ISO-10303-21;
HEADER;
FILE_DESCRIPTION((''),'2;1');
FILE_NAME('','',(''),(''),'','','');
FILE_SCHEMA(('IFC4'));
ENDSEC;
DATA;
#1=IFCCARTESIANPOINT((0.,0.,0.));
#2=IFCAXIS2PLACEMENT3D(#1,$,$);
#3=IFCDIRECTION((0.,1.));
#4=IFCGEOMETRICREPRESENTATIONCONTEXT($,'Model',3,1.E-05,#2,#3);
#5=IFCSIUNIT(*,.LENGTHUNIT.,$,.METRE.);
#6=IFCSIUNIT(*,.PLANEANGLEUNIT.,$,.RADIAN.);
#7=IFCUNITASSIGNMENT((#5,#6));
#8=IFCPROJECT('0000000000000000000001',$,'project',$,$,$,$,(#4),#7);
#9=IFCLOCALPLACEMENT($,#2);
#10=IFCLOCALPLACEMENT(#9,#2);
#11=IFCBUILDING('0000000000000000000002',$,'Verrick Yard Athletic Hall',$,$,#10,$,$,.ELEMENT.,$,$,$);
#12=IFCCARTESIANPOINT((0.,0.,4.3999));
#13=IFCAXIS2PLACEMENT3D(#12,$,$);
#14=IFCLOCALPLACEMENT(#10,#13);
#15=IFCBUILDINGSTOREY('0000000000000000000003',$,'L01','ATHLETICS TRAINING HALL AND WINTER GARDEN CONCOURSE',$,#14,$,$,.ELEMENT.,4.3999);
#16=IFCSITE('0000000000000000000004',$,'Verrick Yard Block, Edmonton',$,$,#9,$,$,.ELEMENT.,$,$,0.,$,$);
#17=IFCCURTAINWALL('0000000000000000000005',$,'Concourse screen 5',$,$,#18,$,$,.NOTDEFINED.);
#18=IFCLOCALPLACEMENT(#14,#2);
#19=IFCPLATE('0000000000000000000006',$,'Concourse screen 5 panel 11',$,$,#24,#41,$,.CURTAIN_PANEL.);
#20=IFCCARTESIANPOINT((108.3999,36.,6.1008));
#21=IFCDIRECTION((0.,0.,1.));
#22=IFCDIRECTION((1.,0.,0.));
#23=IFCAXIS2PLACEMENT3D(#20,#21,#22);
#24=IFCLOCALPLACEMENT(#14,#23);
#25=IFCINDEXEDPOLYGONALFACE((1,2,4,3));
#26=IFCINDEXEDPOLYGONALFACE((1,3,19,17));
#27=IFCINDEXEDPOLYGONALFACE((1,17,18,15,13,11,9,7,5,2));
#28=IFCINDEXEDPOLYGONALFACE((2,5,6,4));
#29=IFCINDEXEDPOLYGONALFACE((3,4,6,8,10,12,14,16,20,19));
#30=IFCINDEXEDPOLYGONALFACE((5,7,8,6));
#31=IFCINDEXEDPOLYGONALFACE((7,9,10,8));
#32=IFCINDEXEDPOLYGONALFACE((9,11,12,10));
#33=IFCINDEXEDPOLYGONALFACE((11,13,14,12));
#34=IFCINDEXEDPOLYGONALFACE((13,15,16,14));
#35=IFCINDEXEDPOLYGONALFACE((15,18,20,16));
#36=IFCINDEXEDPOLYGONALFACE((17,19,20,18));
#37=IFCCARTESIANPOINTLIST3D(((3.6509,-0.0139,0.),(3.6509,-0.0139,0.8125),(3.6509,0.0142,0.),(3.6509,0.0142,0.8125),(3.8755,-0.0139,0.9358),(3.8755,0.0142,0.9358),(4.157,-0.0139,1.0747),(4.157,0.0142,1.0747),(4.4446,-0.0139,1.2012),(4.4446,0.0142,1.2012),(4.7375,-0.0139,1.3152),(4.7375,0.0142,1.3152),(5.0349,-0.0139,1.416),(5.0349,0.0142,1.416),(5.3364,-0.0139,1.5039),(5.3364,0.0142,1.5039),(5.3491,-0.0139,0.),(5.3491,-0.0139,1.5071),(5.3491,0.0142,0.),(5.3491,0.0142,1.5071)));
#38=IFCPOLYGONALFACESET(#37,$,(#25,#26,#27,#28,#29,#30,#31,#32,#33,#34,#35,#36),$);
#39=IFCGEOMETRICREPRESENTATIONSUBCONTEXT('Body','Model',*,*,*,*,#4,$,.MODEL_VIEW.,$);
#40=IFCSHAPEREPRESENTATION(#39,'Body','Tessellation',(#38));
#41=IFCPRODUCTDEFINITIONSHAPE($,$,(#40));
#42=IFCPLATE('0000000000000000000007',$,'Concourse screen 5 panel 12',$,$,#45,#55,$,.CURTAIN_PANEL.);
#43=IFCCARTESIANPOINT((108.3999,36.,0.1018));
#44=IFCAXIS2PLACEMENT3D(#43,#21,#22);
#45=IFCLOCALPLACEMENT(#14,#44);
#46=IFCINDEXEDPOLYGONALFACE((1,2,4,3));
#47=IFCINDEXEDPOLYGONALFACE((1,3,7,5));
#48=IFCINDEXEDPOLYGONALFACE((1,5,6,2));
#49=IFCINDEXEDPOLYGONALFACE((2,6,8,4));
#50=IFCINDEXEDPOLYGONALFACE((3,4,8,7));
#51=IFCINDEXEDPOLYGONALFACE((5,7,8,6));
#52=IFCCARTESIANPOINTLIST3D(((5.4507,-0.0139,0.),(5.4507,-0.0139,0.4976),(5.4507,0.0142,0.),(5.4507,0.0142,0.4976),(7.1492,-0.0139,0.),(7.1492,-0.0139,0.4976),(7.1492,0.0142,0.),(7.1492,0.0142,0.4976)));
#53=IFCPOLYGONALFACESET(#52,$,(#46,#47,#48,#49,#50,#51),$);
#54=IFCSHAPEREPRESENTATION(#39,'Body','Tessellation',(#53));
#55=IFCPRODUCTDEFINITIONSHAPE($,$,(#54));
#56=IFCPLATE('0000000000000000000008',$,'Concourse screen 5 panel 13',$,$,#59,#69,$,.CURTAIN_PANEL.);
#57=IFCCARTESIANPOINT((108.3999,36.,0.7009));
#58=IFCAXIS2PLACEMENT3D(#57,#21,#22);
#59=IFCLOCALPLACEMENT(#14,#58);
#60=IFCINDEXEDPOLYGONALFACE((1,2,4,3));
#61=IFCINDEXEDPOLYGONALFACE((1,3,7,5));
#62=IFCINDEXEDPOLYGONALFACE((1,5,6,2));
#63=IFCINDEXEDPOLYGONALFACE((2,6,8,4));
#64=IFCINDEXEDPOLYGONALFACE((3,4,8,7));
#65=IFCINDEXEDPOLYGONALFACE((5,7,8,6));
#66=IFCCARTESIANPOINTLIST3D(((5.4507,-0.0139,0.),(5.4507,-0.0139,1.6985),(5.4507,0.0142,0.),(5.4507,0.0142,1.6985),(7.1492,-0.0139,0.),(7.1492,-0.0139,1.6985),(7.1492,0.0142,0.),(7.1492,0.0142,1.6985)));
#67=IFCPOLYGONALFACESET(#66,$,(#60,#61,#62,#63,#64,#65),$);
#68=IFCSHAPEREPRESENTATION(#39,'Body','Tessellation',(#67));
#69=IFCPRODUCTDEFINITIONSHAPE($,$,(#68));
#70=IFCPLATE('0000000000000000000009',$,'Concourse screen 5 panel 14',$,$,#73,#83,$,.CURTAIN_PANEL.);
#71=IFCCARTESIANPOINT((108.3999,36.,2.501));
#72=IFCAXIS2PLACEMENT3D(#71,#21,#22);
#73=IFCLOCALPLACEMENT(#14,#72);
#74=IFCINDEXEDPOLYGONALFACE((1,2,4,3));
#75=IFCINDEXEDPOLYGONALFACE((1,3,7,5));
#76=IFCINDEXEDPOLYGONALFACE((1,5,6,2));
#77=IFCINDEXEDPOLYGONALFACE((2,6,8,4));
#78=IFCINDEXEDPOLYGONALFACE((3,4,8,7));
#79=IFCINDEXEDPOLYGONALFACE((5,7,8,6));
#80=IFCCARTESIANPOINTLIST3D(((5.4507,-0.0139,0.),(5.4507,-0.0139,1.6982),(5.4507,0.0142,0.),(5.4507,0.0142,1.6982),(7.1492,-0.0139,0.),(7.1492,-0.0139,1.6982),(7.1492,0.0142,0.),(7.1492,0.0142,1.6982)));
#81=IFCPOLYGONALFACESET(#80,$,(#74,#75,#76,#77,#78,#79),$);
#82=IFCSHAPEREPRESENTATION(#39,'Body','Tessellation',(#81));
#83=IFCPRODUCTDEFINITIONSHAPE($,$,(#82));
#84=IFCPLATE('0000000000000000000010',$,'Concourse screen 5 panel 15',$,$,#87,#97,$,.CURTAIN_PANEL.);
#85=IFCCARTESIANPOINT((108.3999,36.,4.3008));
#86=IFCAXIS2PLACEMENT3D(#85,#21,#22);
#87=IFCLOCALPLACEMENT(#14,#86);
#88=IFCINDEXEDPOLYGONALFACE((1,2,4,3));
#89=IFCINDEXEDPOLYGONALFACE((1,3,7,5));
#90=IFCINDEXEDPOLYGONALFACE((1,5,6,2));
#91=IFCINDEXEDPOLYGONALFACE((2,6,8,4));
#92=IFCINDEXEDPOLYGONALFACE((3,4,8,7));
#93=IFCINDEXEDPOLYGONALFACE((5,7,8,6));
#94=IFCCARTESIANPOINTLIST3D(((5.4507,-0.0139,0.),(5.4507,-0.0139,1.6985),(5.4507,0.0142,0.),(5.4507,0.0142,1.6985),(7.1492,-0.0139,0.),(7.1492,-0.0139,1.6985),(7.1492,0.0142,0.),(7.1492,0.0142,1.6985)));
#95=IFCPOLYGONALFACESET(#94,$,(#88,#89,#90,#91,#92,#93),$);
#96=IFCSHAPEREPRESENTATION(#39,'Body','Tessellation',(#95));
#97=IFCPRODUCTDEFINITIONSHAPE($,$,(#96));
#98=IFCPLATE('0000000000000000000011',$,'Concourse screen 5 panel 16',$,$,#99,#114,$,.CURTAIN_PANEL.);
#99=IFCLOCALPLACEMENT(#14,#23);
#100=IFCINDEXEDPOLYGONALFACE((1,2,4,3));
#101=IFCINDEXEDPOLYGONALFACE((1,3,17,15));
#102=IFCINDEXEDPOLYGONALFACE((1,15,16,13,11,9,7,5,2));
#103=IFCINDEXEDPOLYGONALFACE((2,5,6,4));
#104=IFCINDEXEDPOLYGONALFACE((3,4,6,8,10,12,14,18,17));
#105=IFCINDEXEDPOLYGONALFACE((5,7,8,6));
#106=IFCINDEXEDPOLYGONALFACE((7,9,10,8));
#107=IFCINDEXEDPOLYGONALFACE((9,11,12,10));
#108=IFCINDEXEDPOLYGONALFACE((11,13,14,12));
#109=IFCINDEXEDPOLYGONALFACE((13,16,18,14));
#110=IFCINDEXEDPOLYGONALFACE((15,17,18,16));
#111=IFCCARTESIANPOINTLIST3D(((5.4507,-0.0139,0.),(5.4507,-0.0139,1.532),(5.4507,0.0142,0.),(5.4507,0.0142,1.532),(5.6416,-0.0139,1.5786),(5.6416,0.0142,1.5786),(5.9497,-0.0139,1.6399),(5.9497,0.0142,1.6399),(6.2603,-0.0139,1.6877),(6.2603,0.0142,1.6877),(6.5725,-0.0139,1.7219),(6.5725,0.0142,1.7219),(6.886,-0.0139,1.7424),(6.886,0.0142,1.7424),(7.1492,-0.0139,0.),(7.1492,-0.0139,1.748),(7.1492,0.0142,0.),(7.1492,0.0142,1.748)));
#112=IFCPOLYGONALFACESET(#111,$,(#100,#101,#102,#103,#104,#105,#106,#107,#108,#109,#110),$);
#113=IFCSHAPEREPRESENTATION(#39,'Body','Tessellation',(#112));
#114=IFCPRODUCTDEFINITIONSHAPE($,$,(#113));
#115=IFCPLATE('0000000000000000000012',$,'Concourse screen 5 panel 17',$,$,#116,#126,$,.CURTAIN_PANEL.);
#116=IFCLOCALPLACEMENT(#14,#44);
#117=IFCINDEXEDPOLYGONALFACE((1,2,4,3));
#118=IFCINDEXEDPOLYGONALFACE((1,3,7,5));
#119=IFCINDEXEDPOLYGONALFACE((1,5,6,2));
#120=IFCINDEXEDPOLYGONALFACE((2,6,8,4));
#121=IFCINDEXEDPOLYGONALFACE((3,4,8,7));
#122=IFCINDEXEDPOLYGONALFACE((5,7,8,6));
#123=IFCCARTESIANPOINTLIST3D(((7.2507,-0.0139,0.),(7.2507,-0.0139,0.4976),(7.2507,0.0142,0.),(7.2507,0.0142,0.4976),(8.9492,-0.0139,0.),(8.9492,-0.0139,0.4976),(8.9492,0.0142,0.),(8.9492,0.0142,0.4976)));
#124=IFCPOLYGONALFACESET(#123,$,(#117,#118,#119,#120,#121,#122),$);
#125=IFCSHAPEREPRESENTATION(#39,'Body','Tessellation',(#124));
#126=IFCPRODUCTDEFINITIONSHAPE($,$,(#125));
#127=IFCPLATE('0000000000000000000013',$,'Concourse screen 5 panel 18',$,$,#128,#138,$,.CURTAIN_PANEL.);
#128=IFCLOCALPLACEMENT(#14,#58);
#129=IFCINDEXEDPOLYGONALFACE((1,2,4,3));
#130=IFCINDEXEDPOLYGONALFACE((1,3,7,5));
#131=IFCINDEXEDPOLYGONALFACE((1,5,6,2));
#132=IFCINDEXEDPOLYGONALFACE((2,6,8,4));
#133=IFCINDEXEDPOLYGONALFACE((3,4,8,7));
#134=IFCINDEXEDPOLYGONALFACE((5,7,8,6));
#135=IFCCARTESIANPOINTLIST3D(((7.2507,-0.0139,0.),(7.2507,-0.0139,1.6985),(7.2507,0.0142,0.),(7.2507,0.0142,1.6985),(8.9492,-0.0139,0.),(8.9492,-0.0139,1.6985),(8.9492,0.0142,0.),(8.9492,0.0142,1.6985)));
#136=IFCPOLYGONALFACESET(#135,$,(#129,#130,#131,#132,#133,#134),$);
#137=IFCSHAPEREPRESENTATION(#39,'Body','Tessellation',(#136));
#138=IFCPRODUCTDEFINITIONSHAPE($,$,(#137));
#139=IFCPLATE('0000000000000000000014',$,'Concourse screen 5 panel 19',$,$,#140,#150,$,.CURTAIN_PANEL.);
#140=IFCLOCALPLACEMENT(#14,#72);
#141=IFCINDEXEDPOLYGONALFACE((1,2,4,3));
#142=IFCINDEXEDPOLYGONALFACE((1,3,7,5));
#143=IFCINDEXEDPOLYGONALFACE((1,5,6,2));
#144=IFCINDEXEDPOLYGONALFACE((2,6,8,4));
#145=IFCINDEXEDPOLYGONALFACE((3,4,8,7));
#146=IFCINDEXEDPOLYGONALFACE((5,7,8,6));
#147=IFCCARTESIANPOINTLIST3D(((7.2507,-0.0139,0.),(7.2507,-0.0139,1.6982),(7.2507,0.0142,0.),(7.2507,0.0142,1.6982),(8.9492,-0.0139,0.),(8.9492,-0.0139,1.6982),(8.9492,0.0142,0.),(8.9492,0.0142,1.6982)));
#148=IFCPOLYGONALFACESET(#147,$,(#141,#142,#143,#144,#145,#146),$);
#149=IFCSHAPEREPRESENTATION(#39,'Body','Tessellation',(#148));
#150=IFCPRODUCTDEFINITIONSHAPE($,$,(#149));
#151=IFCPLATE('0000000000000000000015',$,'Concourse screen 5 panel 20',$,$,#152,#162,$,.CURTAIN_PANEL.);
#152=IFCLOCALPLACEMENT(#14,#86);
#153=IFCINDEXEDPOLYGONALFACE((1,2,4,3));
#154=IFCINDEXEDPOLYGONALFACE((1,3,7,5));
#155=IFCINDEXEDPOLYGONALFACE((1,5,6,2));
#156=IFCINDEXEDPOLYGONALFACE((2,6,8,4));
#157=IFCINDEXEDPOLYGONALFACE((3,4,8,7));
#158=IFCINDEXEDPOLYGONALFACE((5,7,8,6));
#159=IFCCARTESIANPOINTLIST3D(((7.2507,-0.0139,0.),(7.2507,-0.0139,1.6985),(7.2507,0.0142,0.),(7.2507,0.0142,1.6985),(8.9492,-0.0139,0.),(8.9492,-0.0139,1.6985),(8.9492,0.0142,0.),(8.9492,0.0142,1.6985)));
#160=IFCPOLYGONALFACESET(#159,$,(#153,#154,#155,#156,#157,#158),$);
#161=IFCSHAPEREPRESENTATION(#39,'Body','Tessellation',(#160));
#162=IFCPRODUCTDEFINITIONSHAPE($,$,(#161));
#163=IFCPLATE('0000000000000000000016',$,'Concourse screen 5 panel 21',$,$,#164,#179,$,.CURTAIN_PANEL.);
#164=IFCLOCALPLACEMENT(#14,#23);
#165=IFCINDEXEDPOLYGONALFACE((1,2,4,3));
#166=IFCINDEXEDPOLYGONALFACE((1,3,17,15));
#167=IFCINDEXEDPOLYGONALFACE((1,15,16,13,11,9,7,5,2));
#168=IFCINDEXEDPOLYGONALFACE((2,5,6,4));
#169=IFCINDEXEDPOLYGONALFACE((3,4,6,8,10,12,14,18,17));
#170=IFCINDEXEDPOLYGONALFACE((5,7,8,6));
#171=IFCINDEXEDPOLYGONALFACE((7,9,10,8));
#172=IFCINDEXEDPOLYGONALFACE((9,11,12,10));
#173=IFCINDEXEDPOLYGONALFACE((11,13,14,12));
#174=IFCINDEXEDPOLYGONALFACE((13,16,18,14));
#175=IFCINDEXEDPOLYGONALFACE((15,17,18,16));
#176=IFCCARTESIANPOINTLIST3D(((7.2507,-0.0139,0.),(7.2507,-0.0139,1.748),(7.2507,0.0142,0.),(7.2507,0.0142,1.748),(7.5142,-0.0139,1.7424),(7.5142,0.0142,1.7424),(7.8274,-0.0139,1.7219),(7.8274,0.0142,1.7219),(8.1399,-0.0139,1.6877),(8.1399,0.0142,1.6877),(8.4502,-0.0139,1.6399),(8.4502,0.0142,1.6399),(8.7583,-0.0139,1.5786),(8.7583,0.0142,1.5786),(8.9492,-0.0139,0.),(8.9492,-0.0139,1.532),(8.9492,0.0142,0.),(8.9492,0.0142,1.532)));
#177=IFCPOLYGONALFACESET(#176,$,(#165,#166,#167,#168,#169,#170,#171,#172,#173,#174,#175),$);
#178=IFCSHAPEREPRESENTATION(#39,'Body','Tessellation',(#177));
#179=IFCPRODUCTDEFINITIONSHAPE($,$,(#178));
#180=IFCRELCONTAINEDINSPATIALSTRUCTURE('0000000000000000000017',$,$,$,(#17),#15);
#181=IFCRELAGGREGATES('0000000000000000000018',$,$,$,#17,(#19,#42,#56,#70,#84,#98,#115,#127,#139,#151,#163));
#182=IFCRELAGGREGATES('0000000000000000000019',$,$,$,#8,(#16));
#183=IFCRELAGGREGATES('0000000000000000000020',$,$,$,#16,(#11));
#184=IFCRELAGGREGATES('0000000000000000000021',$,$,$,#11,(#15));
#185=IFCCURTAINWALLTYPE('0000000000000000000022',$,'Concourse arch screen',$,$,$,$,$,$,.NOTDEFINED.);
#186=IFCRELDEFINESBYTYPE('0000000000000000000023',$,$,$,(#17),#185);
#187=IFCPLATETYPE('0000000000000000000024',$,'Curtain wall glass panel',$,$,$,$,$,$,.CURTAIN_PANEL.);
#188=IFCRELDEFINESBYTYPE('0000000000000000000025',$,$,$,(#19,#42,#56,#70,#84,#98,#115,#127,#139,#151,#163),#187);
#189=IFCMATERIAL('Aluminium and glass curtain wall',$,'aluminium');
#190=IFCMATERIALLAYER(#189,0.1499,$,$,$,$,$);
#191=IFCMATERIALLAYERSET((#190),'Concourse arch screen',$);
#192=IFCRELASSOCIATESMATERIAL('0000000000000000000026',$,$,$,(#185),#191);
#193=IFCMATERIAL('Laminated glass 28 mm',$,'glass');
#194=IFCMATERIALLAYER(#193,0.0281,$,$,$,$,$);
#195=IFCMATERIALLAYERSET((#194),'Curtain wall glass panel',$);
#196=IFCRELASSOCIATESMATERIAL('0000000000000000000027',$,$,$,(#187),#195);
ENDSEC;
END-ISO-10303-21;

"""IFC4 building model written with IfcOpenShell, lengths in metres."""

from ifc_helpers import new_model, si_unit, direction, frame, origin, place, context, subcontext, project, spatial, polyline, outline, extrude, material, layer, layer_set, type_object, element, aggregate, save


model = new_model("IFC4")

# Units and contexts
model_context = context("Model", 3, precision=1e-05, world=origin(), true_north=direction((0.0, 1.0)))
body_context = subcontext(model_context, "Body", "Model", "MODEL_VIEW")
ifc_project = project(units=[si_unit("LENGTHUNIT", "METRE"), si_unit("PLANEANGLEUNIT", "RADIAN")], contexts=[model_context])

# Site, building, storey
site_placement = place(None, origin())
site = spatial("IfcSite", under=ifc_project, at=site_placement, Name="Verrick Yard Block, Edmonton", CompositionType="ELEMENT", RefElevation=0.0)
building_placement = place(site_placement, origin())
building = spatial("IfcBuilding", under=site, at=building_placement, Name="Verrick Yard Athletic Hall", CompositionType="ELEMENT")
storey_placement = place(building_placement, frame((0.0, 0.0, 4.3999)))
storey = spatial("IfcBuildingStorey", under=building, at=storey_placement, Name="L01", Description="ATHLETICS TRAINING HALL AND WINTER GARDEN CONCOURSE", CompositionType="ELEMENT", Elevation=4.3999)

# Curtain wall, plates
ifc_material_1 = material(Name="Aluminium and glass curtain wall", Category="aluminium")
ifc_layer_1 = layer(ifc_material_1, 0.1499)
ifc_layer_set_1 = layer_set([ifc_layer_1], Name="Concourse arch screen")
curtain_wall_type = type_object("IfcCurtainWallType", Name="Concourse arch screen", PredefinedType="NOTDEFINED", material=ifc_layer_set_1)
curtain_wall_placement = place(storey_placement, origin())
curtain_wall = element("IfcCurtainWall", 1, at=curtain_wall_placement, inside=storey, type_object=curtain_wall_type, Name="Concourse screen 5", PredefinedType="NOTDEFINED")
ifc_material_2 = material(Name="Laminated glass 28 mm", Category="glass")
ifc_layer_2 = layer(ifc_material_2, 0.0281)
ifc_layer_set_2 = layer_set([ifc_layer_2], Name="Curtain wall glass panel")
plate_type = type_object("IfcPlateType", Name="Curtain wall glass panel", PredefinedType="CURTAIN_PANEL", material=ifc_layer_set_2)
plate_1_placement = place(storey_placement, frame((108.3999, 36.0, 6.1008), z_axis=(0.0, 0.0, 1.0), x_axis=(1.0, 0.0, 0.0)))
plate_1 = element("IfcPlate", 2, at=plate_1_placement, type_object=plate_type, Name="Concourse screen 5 panel 11", PredefinedType="CURTAIN_PANEL", context=body_context, shape_type="SweptSolid", body=[
    extrude(outline(polyline([(5.3491, 1.5071), (5.3364, 1.5039), (5.0349, 1.416), (4.7375, 1.3152), (4.4446, 1.2012), (4.157, 1.0747), (3.8755, 0.9358), (3.6509, 0.8125), (3.6509, 0.0), (5.3491, 0.0), (5.3491, 1.5071)])), frame((0.0, 0.0142, 0.0), z_axis=(0.0, -1.0, 0.0), x_axis=(1.0, 0.0, 0.0)), (0.0, 0.0, 1.0), 0.0281),
])
plate_2_placement = place(storey_placement, frame((108.3999, 36.0, 0.1018), z_axis=(0.0, 0.0, 1.0), x_axis=(1.0, 0.0, 0.0)))
plate_2 = element("IfcPlate", 3, at=plate_2_placement, type_object=plate_type, Name="Concourse screen 5 panel 12", PredefinedType="CURTAIN_PANEL", context=body_context, shape_type="SweptSolid", body=[
    extrude(outline(polyline([(7.1492, 0.0), (7.1492, 0.4976), (5.4507, 0.4976), (5.4507, 0.0), (7.1492, 0.0)])), frame((0.0, 0.0142, 0.0), z_axis=(0.0, -1.0, 0.0), x_axis=(1.0, 0.0, 0.0)), (0.0, 0.0, 1.0), 0.0281),
])
plate_3_placement = place(storey_placement, frame((108.3999, 36.0, 0.7009), z_axis=(0.0, 0.0, 1.0), x_axis=(1.0, 0.0, 0.0)))
plate_3 = element("IfcPlate", 4, at=plate_3_placement, type_object=plate_type, Name="Concourse screen 5 panel 13", PredefinedType="CURTAIN_PANEL", context=body_context, shape_type="SweptSolid", body=[
    extrude(outline(polyline([(7.1492, 0.0), (7.1492, 1.6985), (5.4507, 1.6985), (5.4507, 0.0), (7.1492, 0.0)])), frame((0.0, 0.0142, 0.0), z_axis=(0.0, -1.0, 0.0), x_axis=(1.0, 0.0, 0.0)), (0.0, 0.0, 1.0), 0.0281),
])
plate_4_placement = place(storey_placement, frame((108.3999, 36.0, 2.501), z_axis=(0.0, 0.0, 1.0), x_axis=(1.0, 0.0, 0.0)))
plate_4 = element("IfcPlate", 5, at=plate_4_placement, type_object=plate_type, Name="Concourse screen 5 panel 14", PredefinedType="CURTAIN_PANEL", context=body_context, shape_type="SweptSolid", body=[
    extrude(outline(polyline([(7.1492, 0.0), (7.1492, 1.6982), (5.4507, 1.6982), (5.4507, 0.0), (7.1492, 0.0)])), frame((0.0, 0.0142, 0.0), z_axis=(0.0, -1.0, 0.0), x_axis=(1.0, 0.0, 0.0)), (0.0, 0.0, 1.0), 0.0281),
])
plate_5_placement = place(storey_placement, frame((108.3999, 36.0, 4.3008), z_axis=(0.0, 0.0, 1.0), x_axis=(1.0, 0.0, 0.0)))
plate_5 = element("IfcPlate", 6, at=plate_5_placement, type_object=plate_type, Name="Concourse screen 5 panel 15", PredefinedType="CURTAIN_PANEL", context=body_context, shape_type="SweptSolid", body=[
    extrude(outline(polyline([(7.1492, 0.0), (7.1492, 1.6985), (5.4507, 1.6985), (5.4507, 0.0), (7.1492, 0.0)])), frame((0.0, 0.0142, 0.0), z_axis=(0.0, -1.0, 0.0), x_axis=(1.0, 0.0, 0.0)), (0.0, 0.0, 1.0), 0.0281),
])
plate_6_placement = place(storey_placement, frame((108.3999, 36.0, 6.1008), z_axis=(0.0, 0.0, 1.0), x_axis=(1.0, 0.0, 0.0)))
plate_6 = element("IfcPlate", 7, at=plate_6_placement, type_object=plate_type, Name="Concourse screen 5 panel 16", PredefinedType="CURTAIN_PANEL", context=body_context, shape_type="SweptSolid", body=[
    extrude(outline(polyline([(7.1492, 1.748), (6.886, 1.7424), (6.5725, 1.7219), (6.2603, 1.6877), (5.9497, 1.6399), (5.6416, 1.5786), (5.4507, 1.532), (5.4507, 0.0), (7.1492, 0.0), (7.1492, 1.748)])), frame((0.0, 0.0142, 0.0), z_axis=(0.0, -1.0, 0.0), x_axis=(1.0, 0.0, 0.0)), (0.0, 0.0, 1.0), 0.0281),
])
plate_7_placement = place(storey_placement, frame((108.3999, 36.0, 0.1018), z_axis=(0.0, 0.0, 1.0), x_axis=(1.0, 0.0, 0.0)))
plate_7 = element("IfcPlate", 8, at=plate_7_placement, type_object=plate_type, Name="Concourse screen 5 panel 17", PredefinedType="CURTAIN_PANEL", context=body_context, shape_type="SweptSolid", body=[
    extrude(outline(polyline([(8.9492, 0.0), (8.9492, 0.4976), (7.2507, 0.4976), (7.2507, 0.0), (8.9492, 0.0)])), frame((0.0, 0.0142, 0.0), z_axis=(0.0, -1.0, 0.0), x_axis=(1.0, 0.0, 0.0)), (0.0, 0.0, 1.0), 0.0281),
])
plate_8_placement = place(storey_placement, frame((108.3999, 36.0, 0.7009), z_axis=(0.0, 0.0, 1.0), x_axis=(1.0, 0.0, 0.0)))
plate_8 = element("IfcPlate", 9, at=plate_8_placement, type_object=plate_type, Name="Concourse screen 5 panel 18", PredefinedType="CURTAIN_PANEL", context=body_context, shape_type="SweptSolid", body=[
    extrude(outline(polyline([(8.9492, 0.0), (8.9492, 1.6985), (7.2507, 1.6985), (7.2507, 0.0), (8.9492, 0.0)])), frame((0.0, 0.0142, 0.0), z_axis=(0.0, -1.0, 0.0), x_axis=(1.0, 0.0, 0.0)), (0.0, 0.0, 1.0), 0.0281),
])
plate_9_placement = place(storey_placement, frame((108.3999, 36.0, 2.501), z_axis=(0.0, 0.0, 1.0), x_axis=(1.0, 0.0, 0.0)))
plate_9 = element("IfcPlate", 10, at=plate_9_placement, type_object=plate_type, Name="Concourse screen 5 panel 19", PredefinedType="CURTAIN_PANEL", context=body_context, shape_type="SweptSolid", body=[
    extrude(outline(polyline([(8.9492, 0.0), (8.9492, 1.6982), (7.2507, 1.6982), (7.2507, 0.0), (8.9492, 0.0)])), frame((0.0, 0.0142, 0.0), z_axis=(0.0, -1.0, 0.0), x_axis=(1.0, 0.0, 0.0)), (0.0, 0.0, 1.0), 0.0281),
])
plate_10_placement = place(storey_placement, frame((108.3999, 36.0, 4.3008), z_axis=(0.0, 0.0, 1.0), x_axis=(1.0, 0.0, 0.0)))
plate_10 = element("IfcPlate", 11, at=plate_10_placement, type_object=plate_type, Name="Concourse screen 5 panel 20", PredefinedType="CURTAIN_PANEL", context=body_context, shape_type="SweptSolid", body=[
    extrude(outline(polyline([(8.9492, 0.0), (8.9492, 1.6985), (7.2507, 1.6985), (7.2507, 0.0), (8.9492, 0.0)])), frame((0.0, 0.0142, 0.0), z_axis=(0.0, -1.0, 0.0), x_axis=(1.0, 0.0, 0.0)), (0.0, 0.0, 1.0), 0.0281),
])
plate_11_placement = place(storey_placement, frame((108.3999, 36.0, 6.1008), z_axis=(0.0, 0.0, 1.0), x_axis=(1.0, 0.0, 0.0)))
plate_11 = element("IfcPlate", 12, at=plate_11_placement, type_object=plate_type, Name="Concourse screen 5 panel 21", PredefinedType="CURTAIN_PANEL", context=body_context, shape_type="SweptSolid", body=[
    extrude(outline(polyline([(8.9492, 1.532), (8.7583, 1.5786), (8.4502, 1.6399), (8.1399, 1.6877), (7.8274, 1.7219), (7.5142, 1.7424), (7.2507, 1.748), (7.2507, 0.0), (8.9492, 0.0), (8.9492, 1.532)])), frame((0.0, 0.0142, 0.0), z_axis=(0.0, -1.0, 0.0), x_axis=(1.0, 0.0, 0.0)), (0.0, 0.0, 1.0), 0.0281),
])
aggregate(curtain_wall, [plate_1, plate_2, plate_3, plate_4, plate_5, plate_6, plate_7, plate_8, plate_9, plate_10, plate_11])

save(model, "model.ifc")
